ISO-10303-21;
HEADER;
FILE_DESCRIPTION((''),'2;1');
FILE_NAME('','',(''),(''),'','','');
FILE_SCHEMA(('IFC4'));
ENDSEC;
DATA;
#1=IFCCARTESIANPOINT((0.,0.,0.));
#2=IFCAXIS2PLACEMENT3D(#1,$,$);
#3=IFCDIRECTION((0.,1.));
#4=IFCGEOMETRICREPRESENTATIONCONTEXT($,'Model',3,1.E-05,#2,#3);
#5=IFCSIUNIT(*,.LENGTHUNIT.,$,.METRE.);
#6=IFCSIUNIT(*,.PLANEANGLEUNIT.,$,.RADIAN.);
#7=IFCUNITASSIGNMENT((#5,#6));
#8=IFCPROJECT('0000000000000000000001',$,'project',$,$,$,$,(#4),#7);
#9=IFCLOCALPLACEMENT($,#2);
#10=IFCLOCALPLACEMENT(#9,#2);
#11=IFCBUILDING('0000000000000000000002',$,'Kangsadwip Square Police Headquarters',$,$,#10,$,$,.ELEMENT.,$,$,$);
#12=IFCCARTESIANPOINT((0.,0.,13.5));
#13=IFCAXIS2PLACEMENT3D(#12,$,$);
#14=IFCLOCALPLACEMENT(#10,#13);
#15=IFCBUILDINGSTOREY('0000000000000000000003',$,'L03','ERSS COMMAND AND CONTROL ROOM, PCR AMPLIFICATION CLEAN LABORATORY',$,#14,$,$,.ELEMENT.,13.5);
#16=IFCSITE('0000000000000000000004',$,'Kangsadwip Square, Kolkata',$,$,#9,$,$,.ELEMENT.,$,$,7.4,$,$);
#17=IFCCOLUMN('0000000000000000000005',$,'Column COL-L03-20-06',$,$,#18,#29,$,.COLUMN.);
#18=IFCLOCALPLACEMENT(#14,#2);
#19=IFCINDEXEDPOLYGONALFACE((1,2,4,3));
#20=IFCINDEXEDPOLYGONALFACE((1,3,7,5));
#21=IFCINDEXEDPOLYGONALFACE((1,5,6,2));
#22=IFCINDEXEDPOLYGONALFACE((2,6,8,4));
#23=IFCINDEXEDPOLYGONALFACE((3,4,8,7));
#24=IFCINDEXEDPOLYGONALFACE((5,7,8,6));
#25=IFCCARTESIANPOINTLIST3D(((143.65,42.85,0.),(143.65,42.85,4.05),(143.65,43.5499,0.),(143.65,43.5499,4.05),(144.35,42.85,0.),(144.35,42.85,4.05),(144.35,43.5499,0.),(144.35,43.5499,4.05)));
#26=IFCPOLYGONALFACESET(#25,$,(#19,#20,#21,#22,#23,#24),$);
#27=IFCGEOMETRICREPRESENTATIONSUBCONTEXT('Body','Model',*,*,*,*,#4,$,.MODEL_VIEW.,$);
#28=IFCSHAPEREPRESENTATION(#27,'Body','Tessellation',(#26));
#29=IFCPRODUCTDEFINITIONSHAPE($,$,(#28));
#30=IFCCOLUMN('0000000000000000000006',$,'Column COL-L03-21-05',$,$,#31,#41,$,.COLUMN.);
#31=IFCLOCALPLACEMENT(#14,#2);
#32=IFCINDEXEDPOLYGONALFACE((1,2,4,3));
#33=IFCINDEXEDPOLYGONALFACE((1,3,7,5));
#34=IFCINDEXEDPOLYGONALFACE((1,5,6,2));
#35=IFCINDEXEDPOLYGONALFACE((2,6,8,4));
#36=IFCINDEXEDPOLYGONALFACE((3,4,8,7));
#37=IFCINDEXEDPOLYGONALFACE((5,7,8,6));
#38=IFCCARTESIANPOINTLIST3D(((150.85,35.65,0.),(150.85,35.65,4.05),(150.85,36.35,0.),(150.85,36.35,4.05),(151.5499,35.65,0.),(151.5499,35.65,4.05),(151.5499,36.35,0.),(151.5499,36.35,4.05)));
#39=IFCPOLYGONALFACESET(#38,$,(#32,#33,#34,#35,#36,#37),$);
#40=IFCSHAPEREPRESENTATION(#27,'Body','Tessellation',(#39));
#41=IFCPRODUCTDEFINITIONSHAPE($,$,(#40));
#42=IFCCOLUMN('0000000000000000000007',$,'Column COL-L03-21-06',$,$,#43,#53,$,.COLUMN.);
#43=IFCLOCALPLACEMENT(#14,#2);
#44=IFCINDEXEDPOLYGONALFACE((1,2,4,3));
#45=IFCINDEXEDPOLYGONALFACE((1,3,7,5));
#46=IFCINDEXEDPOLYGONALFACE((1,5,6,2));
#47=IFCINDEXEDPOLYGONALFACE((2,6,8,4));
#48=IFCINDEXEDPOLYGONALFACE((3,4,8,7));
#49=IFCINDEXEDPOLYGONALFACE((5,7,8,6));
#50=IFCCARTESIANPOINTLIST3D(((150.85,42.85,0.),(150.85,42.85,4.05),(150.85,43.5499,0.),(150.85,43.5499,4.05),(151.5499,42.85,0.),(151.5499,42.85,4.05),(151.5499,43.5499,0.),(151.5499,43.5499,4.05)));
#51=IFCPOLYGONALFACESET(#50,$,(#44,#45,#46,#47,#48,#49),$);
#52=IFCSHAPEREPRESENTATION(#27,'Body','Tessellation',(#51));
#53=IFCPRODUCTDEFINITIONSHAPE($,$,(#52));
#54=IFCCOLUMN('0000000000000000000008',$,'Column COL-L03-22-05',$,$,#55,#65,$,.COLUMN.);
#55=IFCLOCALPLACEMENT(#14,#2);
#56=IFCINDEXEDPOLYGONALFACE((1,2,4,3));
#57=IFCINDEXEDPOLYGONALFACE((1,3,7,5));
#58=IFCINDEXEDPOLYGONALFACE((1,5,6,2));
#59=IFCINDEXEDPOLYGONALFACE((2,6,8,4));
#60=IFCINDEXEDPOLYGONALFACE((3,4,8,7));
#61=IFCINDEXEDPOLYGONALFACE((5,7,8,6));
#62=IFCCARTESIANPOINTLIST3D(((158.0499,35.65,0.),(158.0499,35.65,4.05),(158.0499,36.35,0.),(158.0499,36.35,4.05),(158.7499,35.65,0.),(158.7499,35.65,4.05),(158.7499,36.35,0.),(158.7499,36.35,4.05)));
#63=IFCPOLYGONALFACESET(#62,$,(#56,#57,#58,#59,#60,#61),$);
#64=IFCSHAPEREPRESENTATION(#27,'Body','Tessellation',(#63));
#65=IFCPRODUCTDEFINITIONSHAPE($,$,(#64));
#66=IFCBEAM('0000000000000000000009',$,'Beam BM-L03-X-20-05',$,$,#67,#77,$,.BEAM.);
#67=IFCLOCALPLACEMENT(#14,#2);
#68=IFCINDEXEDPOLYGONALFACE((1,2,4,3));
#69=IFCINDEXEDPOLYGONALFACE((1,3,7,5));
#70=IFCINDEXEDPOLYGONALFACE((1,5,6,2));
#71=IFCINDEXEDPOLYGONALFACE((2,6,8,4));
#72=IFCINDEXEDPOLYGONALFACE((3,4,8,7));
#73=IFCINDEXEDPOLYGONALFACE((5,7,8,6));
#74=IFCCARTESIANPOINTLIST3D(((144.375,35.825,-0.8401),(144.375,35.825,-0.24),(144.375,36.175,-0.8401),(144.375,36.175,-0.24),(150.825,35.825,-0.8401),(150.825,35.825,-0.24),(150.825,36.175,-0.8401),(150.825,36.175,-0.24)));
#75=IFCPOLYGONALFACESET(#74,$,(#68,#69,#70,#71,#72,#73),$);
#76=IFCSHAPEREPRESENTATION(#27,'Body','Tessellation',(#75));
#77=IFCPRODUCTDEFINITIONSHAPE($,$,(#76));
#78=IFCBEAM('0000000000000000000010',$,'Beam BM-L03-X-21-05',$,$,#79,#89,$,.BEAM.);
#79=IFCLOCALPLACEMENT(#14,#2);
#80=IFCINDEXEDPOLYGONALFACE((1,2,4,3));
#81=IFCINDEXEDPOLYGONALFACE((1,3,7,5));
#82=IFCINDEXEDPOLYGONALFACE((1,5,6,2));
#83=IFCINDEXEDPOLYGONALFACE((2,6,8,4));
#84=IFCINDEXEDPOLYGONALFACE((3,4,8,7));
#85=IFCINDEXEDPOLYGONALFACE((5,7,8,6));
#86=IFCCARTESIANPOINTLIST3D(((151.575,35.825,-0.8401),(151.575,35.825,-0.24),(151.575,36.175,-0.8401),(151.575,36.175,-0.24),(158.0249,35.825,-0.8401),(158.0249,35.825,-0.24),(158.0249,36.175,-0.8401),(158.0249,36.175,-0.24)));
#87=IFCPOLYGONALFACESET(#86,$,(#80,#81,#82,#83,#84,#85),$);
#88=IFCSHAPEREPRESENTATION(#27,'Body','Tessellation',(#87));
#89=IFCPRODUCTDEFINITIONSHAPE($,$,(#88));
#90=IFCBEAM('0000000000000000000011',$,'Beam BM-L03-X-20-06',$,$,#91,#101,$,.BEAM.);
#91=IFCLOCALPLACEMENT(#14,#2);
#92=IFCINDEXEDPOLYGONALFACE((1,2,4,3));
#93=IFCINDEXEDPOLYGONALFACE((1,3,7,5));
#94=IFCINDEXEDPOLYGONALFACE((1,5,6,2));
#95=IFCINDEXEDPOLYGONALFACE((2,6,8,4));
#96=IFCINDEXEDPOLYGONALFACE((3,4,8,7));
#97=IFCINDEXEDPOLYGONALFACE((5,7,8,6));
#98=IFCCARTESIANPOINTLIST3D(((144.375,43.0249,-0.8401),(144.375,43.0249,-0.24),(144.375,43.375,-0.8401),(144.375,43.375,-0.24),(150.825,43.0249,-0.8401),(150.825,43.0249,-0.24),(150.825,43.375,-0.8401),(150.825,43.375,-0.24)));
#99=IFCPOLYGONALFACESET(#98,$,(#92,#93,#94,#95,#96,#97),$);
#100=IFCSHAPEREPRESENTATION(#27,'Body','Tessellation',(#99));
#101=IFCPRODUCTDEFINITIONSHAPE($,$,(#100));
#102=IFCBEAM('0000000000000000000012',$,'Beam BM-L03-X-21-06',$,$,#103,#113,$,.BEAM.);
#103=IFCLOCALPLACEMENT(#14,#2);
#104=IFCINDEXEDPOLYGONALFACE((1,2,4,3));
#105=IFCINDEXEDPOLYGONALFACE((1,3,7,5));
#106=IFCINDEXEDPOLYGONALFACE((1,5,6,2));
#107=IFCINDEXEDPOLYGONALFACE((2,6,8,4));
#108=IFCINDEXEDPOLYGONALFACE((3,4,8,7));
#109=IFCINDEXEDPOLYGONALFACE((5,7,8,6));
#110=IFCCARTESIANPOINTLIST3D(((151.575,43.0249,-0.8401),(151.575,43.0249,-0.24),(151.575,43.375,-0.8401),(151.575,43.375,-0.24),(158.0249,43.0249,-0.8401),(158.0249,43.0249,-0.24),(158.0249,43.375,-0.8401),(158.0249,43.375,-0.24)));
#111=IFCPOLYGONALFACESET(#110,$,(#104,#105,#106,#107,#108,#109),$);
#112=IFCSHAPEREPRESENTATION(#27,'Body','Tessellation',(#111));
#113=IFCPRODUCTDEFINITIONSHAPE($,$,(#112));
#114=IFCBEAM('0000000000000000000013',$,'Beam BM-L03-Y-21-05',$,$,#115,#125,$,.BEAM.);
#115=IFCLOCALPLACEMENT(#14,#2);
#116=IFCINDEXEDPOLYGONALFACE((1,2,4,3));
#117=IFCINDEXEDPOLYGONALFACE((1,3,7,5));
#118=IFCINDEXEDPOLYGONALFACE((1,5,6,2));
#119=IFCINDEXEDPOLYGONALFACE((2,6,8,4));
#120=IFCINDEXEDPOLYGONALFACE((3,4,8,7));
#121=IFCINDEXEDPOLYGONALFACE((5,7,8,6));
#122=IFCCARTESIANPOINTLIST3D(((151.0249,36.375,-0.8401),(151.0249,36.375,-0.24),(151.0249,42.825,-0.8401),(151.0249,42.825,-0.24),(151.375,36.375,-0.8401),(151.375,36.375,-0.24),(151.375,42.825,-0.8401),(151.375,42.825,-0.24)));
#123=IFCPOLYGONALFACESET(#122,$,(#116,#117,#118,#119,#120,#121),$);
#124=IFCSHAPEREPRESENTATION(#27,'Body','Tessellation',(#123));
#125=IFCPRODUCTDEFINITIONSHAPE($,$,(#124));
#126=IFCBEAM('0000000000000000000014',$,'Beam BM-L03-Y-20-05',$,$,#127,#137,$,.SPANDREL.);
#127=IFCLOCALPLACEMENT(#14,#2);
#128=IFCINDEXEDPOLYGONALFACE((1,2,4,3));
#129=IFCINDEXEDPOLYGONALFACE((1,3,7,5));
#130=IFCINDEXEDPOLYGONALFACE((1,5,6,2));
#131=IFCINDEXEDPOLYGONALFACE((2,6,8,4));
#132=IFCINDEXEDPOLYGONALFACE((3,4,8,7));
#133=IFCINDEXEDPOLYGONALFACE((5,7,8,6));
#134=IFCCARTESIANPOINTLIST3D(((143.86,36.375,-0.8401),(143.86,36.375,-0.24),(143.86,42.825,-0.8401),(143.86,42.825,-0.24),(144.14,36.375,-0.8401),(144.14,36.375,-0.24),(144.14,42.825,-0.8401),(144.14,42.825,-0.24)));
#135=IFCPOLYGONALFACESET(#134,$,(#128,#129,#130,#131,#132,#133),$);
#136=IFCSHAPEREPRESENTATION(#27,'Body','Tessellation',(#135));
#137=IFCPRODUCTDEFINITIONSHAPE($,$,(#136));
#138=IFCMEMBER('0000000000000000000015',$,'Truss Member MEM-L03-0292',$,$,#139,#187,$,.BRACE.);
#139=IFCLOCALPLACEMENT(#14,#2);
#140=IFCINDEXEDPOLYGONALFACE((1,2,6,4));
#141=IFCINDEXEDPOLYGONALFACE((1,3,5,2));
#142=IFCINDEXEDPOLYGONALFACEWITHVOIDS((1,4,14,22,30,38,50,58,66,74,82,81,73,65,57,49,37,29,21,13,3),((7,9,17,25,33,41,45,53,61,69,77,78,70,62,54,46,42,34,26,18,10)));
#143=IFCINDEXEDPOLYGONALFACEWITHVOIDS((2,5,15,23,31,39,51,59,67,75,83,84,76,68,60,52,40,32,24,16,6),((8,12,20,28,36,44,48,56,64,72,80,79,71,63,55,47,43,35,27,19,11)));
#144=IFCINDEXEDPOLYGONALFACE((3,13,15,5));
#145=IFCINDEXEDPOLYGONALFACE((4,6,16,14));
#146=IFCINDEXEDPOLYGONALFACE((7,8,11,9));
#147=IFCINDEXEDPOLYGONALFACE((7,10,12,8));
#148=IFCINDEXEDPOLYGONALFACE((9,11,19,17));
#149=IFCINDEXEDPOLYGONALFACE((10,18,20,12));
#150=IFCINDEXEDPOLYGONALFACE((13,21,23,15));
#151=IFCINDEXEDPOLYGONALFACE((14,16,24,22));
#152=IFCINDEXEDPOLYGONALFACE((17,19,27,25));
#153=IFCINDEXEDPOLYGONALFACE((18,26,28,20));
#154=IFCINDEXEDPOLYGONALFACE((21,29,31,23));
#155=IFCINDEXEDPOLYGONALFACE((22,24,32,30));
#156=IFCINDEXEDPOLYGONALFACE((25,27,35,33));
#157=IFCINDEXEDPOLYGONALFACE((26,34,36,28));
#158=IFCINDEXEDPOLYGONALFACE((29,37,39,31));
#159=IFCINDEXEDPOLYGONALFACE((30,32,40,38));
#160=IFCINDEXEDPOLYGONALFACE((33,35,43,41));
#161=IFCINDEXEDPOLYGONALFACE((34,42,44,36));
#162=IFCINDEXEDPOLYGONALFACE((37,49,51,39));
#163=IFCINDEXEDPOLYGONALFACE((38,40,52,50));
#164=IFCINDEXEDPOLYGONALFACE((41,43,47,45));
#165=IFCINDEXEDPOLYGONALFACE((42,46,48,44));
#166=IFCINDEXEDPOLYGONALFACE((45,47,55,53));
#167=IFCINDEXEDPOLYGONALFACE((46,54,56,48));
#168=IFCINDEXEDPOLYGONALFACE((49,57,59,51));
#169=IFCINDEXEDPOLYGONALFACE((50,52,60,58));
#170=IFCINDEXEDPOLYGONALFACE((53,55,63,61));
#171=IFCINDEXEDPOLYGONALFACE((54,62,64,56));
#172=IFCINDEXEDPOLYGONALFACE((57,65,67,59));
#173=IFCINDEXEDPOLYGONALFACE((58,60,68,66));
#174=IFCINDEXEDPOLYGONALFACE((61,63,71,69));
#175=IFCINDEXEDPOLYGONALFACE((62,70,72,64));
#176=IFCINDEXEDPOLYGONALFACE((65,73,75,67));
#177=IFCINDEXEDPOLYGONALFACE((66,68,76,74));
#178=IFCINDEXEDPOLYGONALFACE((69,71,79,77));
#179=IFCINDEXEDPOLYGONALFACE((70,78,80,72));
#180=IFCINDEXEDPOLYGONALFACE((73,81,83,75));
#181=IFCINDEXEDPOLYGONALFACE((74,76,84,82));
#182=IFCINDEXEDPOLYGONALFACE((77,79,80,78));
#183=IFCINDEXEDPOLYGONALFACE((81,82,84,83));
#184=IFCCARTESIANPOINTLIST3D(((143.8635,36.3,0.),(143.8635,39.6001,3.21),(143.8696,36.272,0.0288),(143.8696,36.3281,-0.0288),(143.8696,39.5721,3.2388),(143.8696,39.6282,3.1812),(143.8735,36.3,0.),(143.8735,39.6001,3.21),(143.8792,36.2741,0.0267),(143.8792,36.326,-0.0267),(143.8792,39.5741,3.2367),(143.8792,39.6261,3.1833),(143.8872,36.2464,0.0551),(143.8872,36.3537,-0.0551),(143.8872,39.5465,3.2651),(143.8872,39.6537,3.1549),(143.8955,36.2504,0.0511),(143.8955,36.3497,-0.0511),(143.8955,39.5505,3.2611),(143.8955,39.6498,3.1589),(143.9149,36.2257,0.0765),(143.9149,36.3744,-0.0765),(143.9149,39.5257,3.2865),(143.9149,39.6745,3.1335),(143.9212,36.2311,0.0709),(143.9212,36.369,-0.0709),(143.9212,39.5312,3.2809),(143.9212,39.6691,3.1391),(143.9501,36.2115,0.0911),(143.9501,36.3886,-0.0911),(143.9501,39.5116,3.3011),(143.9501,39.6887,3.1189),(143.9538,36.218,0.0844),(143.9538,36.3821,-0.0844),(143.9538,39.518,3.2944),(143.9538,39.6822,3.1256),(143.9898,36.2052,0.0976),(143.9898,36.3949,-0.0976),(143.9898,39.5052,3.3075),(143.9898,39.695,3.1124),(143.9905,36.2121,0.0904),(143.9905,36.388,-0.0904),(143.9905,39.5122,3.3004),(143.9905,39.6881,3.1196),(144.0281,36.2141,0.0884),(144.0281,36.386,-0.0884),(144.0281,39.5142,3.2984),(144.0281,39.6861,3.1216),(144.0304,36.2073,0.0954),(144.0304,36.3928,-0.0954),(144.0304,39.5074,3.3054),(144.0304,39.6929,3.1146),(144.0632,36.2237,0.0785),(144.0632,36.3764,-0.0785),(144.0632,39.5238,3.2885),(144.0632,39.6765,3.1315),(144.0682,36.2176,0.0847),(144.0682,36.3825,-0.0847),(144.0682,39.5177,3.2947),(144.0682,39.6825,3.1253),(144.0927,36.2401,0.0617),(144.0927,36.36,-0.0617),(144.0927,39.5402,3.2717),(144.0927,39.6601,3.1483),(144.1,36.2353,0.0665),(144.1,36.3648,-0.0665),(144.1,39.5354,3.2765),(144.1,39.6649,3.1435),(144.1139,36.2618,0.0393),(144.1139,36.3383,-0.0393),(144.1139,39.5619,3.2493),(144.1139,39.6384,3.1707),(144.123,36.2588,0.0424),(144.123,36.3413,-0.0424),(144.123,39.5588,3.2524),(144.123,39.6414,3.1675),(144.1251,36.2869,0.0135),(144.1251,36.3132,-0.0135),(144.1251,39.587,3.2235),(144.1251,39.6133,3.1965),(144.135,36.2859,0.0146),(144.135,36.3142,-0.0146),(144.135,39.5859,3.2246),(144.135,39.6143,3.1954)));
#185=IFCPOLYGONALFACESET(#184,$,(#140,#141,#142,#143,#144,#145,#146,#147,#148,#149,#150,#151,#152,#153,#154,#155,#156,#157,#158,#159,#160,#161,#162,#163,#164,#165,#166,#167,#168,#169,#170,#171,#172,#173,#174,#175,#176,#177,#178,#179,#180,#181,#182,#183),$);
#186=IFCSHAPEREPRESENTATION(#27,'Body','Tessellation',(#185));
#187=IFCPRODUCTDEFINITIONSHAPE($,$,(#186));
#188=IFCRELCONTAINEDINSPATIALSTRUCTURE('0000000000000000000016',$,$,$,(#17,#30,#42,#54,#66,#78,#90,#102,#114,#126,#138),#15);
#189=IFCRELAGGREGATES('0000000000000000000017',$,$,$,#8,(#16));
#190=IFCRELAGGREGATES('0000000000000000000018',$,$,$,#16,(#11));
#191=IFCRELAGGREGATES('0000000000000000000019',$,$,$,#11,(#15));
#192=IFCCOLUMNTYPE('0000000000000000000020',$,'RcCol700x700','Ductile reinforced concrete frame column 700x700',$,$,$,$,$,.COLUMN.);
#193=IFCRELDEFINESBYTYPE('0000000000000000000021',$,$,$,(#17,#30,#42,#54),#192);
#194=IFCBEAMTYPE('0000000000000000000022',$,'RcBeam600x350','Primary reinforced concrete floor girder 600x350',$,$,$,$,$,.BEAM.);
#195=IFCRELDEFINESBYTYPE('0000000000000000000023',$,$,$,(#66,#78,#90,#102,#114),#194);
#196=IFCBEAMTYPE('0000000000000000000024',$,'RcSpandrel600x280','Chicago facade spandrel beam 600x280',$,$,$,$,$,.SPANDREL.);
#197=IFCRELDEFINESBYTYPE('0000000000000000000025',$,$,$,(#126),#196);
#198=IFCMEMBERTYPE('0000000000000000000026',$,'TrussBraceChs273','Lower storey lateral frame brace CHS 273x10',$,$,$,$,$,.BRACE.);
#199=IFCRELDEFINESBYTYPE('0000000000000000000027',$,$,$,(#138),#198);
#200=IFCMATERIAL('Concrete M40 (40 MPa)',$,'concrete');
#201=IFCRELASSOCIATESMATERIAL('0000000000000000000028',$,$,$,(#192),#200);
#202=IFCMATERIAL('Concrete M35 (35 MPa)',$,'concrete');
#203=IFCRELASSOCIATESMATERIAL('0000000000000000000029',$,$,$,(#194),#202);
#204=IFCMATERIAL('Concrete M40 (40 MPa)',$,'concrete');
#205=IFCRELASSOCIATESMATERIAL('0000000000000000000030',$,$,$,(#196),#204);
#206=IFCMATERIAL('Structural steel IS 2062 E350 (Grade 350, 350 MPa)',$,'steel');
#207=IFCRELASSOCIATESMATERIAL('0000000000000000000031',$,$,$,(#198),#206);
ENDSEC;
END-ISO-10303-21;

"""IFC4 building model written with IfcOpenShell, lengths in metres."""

from ifc_helpers import new_model, si_unit, direction, frame, origin, origin_2d, place, context, subcontext, project, spatial, rectangle, hollow_circle, extrude, material, material_profile, profile_set, type_object, element, save


model = new_model("IFC4")

# Units and contexts
model_context = context("Model", 3, precision=1e-05, world=origin(), true_north=direction((0.0, 1.0)))
body_context = subcontext(model_context, "Body", "Model", "MODEL_VIEW")
ifc_project = project(units=[si_unit("LENGTHUNIT", "METRE"), si_unit("PLANEANGLEUNIT", "RADIAN")], contexts=[model_context])

# Site, building, storey
site_placement = place(None, origin())
site = spatial("IfcSite", under=ifc_project, at=site_placement, Name="Kangsadwip Square, Kolkata", CompositionType="ELEMENT", RefElevation=7.4)
building_placement = place(site_placement, origin())
building = spatial("IfcBuilding", under=site, at=building_placement, Name="Kangsadwip Square Police Headquarters", CompositionType="ELEMENT")
storey_placement = place(building_placement, frame((0.0, 0.0, 13.5)))
storey = spatial("IfcBuildingStorey", under=building, at=storey_placement, Name="L03", Description="ERSS COMMAND AND CONTROL ROOM, PCR AMPLIFICATION CLEAN LABORATORY", CompositionType="ELEMENT", Elevation=13.5)

# Columns
ifc_material_1 = material(Name="Concrete M40 (40 MPa)", Category="concrete")
ifc_material_profile_1 = material_profile(ifc_material_1, rectangle(XDim=0.7, YDim=0.7, at=origin_2d()), Name="RC COL 700X700")
ifc_profile_set_1 = profile_set([ifc_material_profile_1], Name="Concrete M40 (40 MPa)")
column_type = type_object("IfcColumnType", Name="RcCol700x700", Description="Ductile reinforced concrete frame column 700x700", PredefinedType="COLUMN", material=ifc_profile_set_1)
for number, where, z_axis, x_axis, name in (
    (1, (144.0, 43.2, 0.0), (0.0, 0.0, 1.0), (1.0, 0.0, 0.0), "Column COL-L03-20-06"),
    (2, (151.2, 36.0, 0.0), (0.0, 0.0, 1.0), (1.0, 0.0, 0.0), "Column COL-L03-21-05"),
    (3, (151.2, 43.2, 0.0), (0.0, 0.0, 1.0), (1.0, 0.0, 0.0), "Column COL-L03-21-06"),
    (4, (158.3999, 36.0, 0.0), (0.0, 0.0, 1.0), (1.0, 0.0, 0.0), "Column COL-L03-22-05"),
):
    element("IfcColumn", number, at=place(storey_placement, frame(where, z_axis=z_axis, x_axis=x_axis)), inside=storey, type_object=column_type, Name=name, PredefinedType="COLUMN", context=body_context, shape_type="SweptSolid", body=[
        extrude(rectangle(XDim=0.7, YDim=0.7, at=origin_2d()), origin(), (0.0, 0.0, 1.0), 4.05),
    ])

# Beams
ifc_material_2 = material(Name="Concrete M35 (35 MPa)", Category="concrete")
ifc_material_profile_2 = material_profile(ifc_material_2, rectangle(XDim=0.3501, YDim=0.6001, at=origin_2d()), Name="RC BM 600X350")
ifc_profile_set_2 = profile_set([ifc_material_profile_2], Name="Concrete M35 (35 MPa)")
beam_type_1 = type_object("IfcBeamType", Name="RcBeam600x350", Description="Primary reinforced concrete floor girder 600x350", PredefinedType="BEAM", material=ifc_profile_set_2)
for number, where, z_axis, x_axis, name in (
    (5, (144.375, 36.0, -0.54), (1.0, 0.0, 0.0), (0.0, 1.0, 0.0), "Beam BM-L03-X-20-05"),
    (6, (151.575, 36.0, -0.54), (1.0, 0.0, 0.0), (0.0, 1.0, 0.0), "Beam BM-L03-X-21-05"),
    (7, (144.375, 43.2, -0.54), (1.0, 0.0, 0.0), (0.0, 1.0, 0.0), "Beam BM-L03-X-20-06"),
    (8, (151.575, 43.2, -0.54), (1.0, 0.0, 0.0), (0.0, 1.0, 0.0), "Beam BM-L03-X-21-06"),
    (9, (151.2, 36.375, -0.54), (0.0, 1.0, 0.0), (-1.0, 0.0, 0.0), "Beam BM-L03-Y-21-05"),
):
    element("IfcBeam", number, at=place(storey_placement, frame(where, z_axis=z_axis, x_axis=x_axis)), inside=storey, type_object=beam_type_1, Name=name, PredefinedType="BEAM", context=body_context, shape_type="SweptSolid", body=[
        extrude(rectangle(XDim=0.3501, YDim=0.6001, at=origin_2d()), origin(), (0.0, 0.0, 1.0), 6.45),
    ])
ifc_material_3 = material(Name="Concrete M40 (40 MPa)", Category="concrete")
ifc_material_profile_3 = material_profile(ifc_material_3, rectangle(XDim=0.28, YDim=0.6001, at=origin_2d()), Name="RC SPN 600X280")
ifc_profile_set_3 = profile_set([ifc_material_profile_3], Name="Concrete M40 (40 MPa)")
beam_type_2 = type_object("IfcBeamType", Name="RcSpandrel600x280", Description="Chicago facade spandrel beam 600x280", PredefinedType="SPANDREL", material=ifc_profile_set_3)
beam_placement = place(storey_placement, frame((144.0, 36.375, -0.54), z_axis=(0.0, 1.0, 0.0), x_axis=(-1.0, 0.0, 0.0)))
element("IfcBeam", 10, at=beam_placement, inside=storey, type_object=beam_type_2, Name="Beam BM-L03-Y-20-05", PredefinedType="SPANDREL", context=body_context, shape_type="SweptSolid", body=[
    extrude(rectangle(XDim=0.28, YDim=0.6001, at=origin_2d()), origin(), (0.0, 0.0, 1.0), 6.45),
])

# Member
ifc_material_4 = material(Name="Structural steel IS 2062 E350 (Grade 350, 350 MPa)", Category="steel")
ifc_material_profile_4 = material_profile(ifc_material_4, hollow_circle(Radius=0.1365, WallThickness=0.01, at=origin_2d()), Name="CHS 273X10")
ifc_profile_set_4 = profile_set([ifc_material_profile_4], Name="Structural steel IS 2062 E350 (Grade 350, 350 MPa)")
member_type = type_object("IfcMemberType", Name="TrussBraceChs273", Description="Lower storey lateral frame brace CHS 273x10", PredefinedType="BRACE", material=ifc_profile_set_4)
member_1_placement = place(storey_placement, frame((144.0, 36.3, 0.0), z_axis=(0.0, 0.716823, 0.697255), x_axis=(-1.0, 0.0, 0.0)))
element("IfcMember", 11, at=member_1_placement, inside=storey, type_object=member_type, Name="Truss Member MEM-L03-0292", PredefinedType="BRACE", context=body_context, shape_type="SweptSolid", body=[
    extrude(hollow_circle(Radius=0.1365, WallThickness=0.01, at=origin_2d()), origin(), (0.0, 0.0, 1.0), 4.6038),
])

save(model, "model.ifc")
